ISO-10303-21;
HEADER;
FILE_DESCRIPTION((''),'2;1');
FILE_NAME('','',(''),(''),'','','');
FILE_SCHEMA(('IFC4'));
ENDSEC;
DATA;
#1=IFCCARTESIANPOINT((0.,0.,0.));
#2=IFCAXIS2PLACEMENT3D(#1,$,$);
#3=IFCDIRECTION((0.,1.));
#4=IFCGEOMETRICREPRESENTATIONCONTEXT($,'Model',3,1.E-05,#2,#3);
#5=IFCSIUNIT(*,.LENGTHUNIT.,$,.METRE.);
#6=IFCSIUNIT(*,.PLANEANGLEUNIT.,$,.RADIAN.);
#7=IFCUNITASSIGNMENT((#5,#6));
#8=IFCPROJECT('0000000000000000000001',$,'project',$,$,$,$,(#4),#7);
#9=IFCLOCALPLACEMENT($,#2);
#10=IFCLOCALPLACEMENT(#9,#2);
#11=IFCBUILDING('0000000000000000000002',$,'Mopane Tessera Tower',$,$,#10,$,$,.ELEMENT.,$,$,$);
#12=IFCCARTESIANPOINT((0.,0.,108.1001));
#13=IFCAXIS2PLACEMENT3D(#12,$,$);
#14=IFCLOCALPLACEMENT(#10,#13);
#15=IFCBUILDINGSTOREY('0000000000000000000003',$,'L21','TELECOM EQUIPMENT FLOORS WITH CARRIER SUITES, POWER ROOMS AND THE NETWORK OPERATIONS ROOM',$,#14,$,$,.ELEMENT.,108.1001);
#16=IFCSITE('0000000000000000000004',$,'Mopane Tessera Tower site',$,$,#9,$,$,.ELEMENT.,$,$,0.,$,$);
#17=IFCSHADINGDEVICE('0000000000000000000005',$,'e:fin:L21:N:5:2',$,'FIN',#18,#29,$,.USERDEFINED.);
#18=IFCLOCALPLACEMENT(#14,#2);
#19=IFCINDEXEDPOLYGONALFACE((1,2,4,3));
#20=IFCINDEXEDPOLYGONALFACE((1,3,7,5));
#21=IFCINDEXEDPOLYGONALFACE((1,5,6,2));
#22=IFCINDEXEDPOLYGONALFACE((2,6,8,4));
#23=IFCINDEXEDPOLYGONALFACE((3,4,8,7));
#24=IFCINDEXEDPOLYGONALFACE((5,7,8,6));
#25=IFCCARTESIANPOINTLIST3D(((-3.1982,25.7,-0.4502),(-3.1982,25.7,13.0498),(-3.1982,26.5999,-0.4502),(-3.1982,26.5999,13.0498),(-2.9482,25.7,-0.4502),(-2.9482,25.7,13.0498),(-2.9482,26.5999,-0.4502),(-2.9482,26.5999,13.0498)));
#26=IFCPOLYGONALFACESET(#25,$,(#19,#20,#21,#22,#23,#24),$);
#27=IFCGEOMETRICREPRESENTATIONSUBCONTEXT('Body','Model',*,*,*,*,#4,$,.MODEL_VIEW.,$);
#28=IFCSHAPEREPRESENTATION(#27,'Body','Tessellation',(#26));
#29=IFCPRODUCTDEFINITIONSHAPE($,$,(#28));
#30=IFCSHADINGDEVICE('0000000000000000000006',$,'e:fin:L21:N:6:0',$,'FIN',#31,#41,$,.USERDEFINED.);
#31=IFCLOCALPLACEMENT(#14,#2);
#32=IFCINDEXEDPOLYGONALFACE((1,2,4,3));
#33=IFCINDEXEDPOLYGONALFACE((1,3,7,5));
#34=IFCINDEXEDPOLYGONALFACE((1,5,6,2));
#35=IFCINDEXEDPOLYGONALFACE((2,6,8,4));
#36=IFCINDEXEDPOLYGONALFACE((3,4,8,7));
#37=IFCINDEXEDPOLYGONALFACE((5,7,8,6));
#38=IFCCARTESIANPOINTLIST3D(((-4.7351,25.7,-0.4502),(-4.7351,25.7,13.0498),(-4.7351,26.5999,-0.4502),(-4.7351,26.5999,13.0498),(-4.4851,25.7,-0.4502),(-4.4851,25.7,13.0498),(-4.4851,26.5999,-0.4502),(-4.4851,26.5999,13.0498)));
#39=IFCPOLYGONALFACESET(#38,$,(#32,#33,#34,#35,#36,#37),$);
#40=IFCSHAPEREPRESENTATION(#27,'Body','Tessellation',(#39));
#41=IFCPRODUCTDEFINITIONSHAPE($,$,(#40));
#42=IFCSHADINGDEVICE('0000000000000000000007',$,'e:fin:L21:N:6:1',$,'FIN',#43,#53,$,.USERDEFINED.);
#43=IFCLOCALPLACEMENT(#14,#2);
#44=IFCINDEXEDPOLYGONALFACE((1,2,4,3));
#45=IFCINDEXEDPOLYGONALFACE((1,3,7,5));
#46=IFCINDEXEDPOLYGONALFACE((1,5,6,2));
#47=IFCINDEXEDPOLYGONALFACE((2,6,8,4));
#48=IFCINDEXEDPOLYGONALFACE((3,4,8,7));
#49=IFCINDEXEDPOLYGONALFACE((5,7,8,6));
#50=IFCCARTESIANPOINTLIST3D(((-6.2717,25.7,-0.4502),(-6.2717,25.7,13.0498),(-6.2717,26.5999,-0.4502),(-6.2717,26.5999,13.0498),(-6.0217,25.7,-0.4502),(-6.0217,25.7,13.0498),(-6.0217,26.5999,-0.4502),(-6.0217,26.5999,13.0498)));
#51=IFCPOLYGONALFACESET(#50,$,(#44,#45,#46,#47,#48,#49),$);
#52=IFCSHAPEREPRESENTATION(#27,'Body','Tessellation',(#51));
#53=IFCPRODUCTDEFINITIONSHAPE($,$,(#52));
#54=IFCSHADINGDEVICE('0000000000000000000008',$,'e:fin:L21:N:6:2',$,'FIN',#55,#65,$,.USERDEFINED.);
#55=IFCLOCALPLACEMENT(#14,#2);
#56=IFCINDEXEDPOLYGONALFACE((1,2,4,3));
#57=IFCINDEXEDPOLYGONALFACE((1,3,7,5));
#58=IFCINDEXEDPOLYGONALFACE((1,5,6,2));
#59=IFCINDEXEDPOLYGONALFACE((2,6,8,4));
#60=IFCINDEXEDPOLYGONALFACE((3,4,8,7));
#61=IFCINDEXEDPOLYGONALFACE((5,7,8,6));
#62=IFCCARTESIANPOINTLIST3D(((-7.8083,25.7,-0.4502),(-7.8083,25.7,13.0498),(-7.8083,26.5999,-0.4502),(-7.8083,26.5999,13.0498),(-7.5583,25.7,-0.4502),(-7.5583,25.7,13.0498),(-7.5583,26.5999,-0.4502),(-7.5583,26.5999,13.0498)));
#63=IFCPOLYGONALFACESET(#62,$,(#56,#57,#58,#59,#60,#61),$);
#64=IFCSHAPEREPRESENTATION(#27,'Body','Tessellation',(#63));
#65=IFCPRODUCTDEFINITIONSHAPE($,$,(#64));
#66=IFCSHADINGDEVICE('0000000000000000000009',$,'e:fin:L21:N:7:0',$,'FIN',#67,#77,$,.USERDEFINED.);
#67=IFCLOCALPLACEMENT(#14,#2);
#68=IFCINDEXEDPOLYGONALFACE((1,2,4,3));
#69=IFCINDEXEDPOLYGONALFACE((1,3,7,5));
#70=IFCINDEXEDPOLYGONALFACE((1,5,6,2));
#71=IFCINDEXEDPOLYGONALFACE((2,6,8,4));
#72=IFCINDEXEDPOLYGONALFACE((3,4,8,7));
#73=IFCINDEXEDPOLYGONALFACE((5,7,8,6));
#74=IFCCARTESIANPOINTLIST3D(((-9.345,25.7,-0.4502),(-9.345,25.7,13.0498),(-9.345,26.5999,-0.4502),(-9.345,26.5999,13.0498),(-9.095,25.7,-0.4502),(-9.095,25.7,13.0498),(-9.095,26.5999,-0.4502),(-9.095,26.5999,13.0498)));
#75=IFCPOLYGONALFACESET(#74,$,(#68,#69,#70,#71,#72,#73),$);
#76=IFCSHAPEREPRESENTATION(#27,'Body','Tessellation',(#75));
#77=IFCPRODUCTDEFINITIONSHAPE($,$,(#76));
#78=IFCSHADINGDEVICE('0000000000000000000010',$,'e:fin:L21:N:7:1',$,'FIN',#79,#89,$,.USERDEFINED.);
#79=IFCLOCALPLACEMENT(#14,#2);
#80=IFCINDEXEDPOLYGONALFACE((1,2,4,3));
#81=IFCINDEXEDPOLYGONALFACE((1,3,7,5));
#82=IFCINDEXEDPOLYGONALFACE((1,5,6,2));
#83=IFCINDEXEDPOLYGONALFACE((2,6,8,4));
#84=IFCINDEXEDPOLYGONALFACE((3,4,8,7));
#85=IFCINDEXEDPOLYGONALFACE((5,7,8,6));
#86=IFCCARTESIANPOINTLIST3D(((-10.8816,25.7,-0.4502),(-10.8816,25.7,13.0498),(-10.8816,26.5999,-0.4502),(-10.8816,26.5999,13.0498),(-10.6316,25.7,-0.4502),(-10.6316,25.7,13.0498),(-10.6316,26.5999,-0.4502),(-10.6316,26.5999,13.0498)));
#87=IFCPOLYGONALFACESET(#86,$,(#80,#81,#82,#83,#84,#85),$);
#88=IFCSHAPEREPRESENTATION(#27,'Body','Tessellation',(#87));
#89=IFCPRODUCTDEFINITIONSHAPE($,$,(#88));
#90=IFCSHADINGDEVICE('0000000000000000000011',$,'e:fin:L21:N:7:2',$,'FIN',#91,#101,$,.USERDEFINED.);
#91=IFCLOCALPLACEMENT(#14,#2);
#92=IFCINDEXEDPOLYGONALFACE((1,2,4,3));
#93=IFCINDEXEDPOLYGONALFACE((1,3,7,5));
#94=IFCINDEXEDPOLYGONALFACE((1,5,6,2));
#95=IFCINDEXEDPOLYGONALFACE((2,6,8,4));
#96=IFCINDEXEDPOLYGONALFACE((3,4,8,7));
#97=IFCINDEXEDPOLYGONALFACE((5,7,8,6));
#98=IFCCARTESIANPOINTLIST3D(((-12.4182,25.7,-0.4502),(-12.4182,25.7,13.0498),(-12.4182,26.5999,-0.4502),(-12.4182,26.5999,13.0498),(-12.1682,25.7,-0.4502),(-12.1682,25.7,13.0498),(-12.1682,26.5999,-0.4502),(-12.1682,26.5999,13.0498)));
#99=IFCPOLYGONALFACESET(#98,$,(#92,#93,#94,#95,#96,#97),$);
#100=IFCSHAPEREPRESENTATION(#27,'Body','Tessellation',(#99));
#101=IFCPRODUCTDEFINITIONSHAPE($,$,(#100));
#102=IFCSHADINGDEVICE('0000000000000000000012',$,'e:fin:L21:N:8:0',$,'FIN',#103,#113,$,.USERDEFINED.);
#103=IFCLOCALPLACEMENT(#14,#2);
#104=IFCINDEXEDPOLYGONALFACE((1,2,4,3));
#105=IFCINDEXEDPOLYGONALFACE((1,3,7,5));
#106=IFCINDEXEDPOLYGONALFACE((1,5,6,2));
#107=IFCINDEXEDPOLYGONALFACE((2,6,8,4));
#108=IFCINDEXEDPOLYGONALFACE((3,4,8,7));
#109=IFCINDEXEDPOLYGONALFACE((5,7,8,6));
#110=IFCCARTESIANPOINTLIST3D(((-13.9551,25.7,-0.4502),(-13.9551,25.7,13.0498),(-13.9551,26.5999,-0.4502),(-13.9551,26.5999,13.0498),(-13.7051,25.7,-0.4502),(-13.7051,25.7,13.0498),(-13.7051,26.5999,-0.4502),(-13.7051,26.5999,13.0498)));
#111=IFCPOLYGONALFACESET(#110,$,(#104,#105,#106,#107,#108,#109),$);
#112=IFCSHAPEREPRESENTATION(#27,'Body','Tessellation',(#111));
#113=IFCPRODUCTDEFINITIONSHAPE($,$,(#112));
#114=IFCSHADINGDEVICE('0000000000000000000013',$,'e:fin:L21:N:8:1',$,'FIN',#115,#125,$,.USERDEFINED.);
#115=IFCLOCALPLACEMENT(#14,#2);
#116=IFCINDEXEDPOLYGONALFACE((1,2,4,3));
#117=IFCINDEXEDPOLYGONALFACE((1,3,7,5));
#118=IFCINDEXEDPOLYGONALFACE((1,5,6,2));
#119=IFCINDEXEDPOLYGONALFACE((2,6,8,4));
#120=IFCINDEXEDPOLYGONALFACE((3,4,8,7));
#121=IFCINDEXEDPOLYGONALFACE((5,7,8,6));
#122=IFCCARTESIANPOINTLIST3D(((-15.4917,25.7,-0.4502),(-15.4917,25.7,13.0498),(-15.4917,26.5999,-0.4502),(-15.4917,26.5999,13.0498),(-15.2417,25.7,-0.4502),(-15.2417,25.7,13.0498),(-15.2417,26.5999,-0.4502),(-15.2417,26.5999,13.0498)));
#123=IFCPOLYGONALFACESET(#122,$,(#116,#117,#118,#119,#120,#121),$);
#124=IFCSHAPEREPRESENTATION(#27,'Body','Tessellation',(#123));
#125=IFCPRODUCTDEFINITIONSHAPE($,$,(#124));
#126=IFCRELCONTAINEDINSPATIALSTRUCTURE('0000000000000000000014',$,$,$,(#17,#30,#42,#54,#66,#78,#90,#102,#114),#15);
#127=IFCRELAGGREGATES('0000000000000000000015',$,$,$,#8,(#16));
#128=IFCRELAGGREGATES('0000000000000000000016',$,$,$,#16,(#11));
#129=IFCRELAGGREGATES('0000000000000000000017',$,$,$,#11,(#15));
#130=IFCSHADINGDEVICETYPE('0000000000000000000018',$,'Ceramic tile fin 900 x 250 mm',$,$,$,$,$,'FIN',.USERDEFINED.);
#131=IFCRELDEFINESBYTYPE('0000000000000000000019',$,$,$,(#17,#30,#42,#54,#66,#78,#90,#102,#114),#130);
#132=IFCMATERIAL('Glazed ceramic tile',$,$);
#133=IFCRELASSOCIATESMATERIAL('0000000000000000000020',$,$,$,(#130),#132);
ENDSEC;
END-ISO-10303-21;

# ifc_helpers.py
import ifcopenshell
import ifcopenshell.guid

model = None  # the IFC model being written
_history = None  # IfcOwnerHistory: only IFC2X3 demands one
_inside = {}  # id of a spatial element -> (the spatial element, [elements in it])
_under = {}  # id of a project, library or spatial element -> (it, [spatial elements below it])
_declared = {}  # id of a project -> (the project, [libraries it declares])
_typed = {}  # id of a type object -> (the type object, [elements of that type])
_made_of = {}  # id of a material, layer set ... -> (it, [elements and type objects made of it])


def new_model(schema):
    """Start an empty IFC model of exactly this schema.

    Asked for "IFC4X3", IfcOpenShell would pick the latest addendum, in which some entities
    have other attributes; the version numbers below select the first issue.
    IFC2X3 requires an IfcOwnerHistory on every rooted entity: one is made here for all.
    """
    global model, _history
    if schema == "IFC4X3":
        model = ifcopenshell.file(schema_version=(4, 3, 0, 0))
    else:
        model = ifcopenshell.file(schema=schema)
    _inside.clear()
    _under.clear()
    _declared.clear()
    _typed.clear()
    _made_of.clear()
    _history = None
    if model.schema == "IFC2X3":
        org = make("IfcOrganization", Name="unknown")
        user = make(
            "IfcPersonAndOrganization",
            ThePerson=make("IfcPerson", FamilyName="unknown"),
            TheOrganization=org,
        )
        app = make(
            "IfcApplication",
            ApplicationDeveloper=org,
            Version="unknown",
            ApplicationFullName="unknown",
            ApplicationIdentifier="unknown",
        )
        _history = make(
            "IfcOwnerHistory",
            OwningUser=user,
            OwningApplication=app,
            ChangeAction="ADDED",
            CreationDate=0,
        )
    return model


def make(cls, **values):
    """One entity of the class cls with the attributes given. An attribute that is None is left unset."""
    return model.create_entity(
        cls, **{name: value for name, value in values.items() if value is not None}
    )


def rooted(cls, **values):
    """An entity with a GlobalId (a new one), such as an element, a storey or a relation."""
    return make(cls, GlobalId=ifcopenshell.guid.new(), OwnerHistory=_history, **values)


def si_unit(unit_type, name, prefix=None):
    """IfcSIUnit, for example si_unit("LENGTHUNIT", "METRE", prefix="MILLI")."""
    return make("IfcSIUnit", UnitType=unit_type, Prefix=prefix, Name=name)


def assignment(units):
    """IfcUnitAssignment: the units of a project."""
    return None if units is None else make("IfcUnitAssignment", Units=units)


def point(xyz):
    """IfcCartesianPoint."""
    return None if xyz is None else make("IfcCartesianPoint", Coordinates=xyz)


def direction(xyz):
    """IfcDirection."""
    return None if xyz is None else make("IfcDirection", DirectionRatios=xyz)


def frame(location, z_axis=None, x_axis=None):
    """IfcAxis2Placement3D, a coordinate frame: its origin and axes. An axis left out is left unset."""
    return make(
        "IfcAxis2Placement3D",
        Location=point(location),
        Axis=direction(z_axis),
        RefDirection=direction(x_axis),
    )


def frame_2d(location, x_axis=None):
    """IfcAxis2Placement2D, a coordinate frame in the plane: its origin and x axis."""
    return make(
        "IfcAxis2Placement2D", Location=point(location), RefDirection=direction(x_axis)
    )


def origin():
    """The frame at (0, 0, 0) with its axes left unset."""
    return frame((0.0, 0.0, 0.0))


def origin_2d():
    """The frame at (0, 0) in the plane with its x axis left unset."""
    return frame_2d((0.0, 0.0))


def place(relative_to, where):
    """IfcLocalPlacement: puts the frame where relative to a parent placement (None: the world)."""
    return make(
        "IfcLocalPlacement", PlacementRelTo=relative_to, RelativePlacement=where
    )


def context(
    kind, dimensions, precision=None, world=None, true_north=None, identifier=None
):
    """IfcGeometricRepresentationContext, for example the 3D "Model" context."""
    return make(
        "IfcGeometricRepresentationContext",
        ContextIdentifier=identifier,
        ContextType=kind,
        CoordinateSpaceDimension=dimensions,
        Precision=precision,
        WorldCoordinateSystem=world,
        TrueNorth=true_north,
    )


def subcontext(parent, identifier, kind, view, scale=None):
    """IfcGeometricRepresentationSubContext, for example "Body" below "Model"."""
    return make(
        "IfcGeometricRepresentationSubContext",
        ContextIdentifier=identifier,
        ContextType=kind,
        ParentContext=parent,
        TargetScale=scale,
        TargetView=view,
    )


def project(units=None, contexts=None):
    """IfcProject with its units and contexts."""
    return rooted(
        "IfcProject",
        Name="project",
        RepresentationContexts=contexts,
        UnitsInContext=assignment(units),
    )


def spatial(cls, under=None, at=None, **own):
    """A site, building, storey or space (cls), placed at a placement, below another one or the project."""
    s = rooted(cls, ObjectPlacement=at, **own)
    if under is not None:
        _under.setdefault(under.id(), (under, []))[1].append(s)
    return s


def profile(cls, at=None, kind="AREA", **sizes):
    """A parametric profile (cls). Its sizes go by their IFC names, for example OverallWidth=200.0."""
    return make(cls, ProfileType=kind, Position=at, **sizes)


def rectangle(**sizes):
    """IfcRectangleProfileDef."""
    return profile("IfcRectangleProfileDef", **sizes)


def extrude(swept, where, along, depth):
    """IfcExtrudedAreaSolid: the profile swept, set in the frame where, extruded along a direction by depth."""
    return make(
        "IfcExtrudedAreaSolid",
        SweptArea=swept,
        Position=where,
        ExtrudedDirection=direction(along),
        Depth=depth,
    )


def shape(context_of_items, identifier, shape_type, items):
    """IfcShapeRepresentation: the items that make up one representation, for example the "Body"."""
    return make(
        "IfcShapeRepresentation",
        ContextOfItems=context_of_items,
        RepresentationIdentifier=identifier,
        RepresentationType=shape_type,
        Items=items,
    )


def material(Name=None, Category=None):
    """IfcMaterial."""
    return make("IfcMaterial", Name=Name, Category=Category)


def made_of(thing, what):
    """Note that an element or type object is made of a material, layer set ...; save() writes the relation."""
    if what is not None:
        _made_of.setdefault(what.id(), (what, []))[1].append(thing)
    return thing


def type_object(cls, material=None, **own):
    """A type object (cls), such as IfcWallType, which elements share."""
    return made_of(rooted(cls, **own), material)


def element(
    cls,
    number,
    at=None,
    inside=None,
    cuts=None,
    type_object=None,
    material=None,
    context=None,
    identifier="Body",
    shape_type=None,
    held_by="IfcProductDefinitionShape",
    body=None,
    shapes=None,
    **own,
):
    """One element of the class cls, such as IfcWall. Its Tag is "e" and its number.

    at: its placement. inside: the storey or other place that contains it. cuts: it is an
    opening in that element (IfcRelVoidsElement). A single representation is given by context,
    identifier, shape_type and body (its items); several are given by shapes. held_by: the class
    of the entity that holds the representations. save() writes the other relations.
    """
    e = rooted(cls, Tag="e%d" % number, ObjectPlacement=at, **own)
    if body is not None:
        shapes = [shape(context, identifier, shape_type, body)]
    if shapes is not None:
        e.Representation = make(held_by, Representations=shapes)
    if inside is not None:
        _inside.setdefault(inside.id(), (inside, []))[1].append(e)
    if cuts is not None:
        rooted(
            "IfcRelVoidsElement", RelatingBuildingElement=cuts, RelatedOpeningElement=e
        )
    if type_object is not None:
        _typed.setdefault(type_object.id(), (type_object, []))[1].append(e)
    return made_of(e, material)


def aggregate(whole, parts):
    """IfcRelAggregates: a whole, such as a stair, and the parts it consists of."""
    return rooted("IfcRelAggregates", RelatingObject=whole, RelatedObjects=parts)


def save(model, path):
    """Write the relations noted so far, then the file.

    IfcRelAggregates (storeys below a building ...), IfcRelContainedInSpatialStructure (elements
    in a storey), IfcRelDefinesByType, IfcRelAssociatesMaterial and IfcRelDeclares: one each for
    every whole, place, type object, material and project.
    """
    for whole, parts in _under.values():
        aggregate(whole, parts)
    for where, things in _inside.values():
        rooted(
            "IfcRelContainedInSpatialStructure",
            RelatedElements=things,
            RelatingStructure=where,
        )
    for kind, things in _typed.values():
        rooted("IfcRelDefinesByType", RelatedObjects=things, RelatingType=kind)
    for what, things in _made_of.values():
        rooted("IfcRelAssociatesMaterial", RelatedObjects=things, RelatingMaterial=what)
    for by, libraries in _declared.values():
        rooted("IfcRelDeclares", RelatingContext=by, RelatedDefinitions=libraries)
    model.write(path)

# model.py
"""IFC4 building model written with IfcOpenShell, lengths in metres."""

from ifc_helpers import new_model, si_unit, direction, frame, origin, origin_2d, place, context, subcontext, project, spatial, rectangle, extrude, material, type_object, element, save


model = new_model("IFC4")

# Units and contexts
model_context = context("Model", 3, precision=1e-05, world=origin(), true_north=direction((0.0, 1.0)))
body_context = subcontext(model_context, "Body", "Model", "MODEL_VIEW")
ifc_project = project(units=[si_unit("LENGTHUNIT", "METRE"), si_unit("PLANEANGLEUNIT", "RADIAN")], contexts=[model_context])

# Site, building, storey
site_placement = place(None, origin())
site = spatial("IfcSite", under=ifc_project, at=site_placement, Name="Mopane Tessera Tower site", CompositionType="ELEMENT", RefElevation=0.0)
building_placement = place(site_placement, origin())
building = spatial("IfcBuilding", under=site, at=building_placement, Name="Mopane Tessera Tower", CompositionType="ELEMENT")
storey_placement = place(building_placement, frame((0.0, 0.0, 108.1001)))
storey = spatial("IfcBuildingStorey", under=building, at=storey_placement, Name="L21", Description="TELECOM EQUIPMENT FLOORS WITH CARRIER SUITES, POWER ROOMS AND THE NETWORK OPERATIONS ROOM", CompositionType="ELEMENT", Elevation=108.1001)

# Shading devices
ifc_material_1 = material(Name="Glazed ceramic tile")
shading_device_type = type_object("IfcShadingDeviceType", Name="Ceramic tile fin 900 x 250 mm", ElementType="FIN", PredefinedType="USERDEFINED", material=ifc_material_1)
for number, where, z_axis, x_axis, name in (
    (1, (-3.0732, 26.1499, -0.4502), (0.0, 0.0, 1.0), (-1.0, 0.0, 0.0), "e:fin:L21:N:5:2"),
    (2, (-4.6101, 26.1499, -0.4502), (0.0, 0.0, 1.0), (-1.0, 0.0, 0.0), "e:fin:L21:N:6:0"),
    (3, (-6.1467, 26.1499, -0.4502), (0.0, 0.0, 1.0), (-1.0, 0.0, 0.0), "e:fin:L21:N:6:1"),
    (4, (-7.6833, 26.1499, -0.4502), (0.0, 0.0, 1.0), (-1.0, 0.0, 0.0), "e:fin:L21:N:6:2"),
    (5, (-9.22, 26.1499, -0.4502), (0.0, 0.0, 1.0), (-1.0, 0.0, 0.0), "e:fin:L21:N:7:0"),
    (6, (-10.7566, 26.1499, -0.4502), (0.0, 0.0, 1.0), (-1.0, 0.0, 0.0), "e:fin:L21:N:7:1"),
    (7, (-12.2932, 26.1499, -0.4502), (0.0, 0.0, 1.0), (-1.0, 0.0, 0.0), "e:fin:L21:N:7:2"),
    (8, (-13.8301, 26.1499, -0.4502), (0.0, 0.0, 1.0), (-1.0, 0.0, 0.0), "e:fin:L21:N:8:0"),
    (9, (-15.3667, 26.1499, -0.4502), (0.0, 0.0, 1.0), (-1.0, 0.0, 0.0), "e:fin:L21:N:8:1"),
):
    element("IfcShadingDevice", number, at=place(storey_placement, frame(where, z_axis=z_axis, x_axis=x_axis)), inside=storey, type_object=shading_device_type, Name=name, ObjectType="FIN", PredefinedType="USERDEFINED", context=body_context, shape_type="SweptSolid", body=[
        extrude(rectangle(XDim=0.25, YDim=0.8999, at=origin_2d()), origin(), (0.0, 0.0, 1.0), 13.5),
    ])

save(model, "model.ifc")
